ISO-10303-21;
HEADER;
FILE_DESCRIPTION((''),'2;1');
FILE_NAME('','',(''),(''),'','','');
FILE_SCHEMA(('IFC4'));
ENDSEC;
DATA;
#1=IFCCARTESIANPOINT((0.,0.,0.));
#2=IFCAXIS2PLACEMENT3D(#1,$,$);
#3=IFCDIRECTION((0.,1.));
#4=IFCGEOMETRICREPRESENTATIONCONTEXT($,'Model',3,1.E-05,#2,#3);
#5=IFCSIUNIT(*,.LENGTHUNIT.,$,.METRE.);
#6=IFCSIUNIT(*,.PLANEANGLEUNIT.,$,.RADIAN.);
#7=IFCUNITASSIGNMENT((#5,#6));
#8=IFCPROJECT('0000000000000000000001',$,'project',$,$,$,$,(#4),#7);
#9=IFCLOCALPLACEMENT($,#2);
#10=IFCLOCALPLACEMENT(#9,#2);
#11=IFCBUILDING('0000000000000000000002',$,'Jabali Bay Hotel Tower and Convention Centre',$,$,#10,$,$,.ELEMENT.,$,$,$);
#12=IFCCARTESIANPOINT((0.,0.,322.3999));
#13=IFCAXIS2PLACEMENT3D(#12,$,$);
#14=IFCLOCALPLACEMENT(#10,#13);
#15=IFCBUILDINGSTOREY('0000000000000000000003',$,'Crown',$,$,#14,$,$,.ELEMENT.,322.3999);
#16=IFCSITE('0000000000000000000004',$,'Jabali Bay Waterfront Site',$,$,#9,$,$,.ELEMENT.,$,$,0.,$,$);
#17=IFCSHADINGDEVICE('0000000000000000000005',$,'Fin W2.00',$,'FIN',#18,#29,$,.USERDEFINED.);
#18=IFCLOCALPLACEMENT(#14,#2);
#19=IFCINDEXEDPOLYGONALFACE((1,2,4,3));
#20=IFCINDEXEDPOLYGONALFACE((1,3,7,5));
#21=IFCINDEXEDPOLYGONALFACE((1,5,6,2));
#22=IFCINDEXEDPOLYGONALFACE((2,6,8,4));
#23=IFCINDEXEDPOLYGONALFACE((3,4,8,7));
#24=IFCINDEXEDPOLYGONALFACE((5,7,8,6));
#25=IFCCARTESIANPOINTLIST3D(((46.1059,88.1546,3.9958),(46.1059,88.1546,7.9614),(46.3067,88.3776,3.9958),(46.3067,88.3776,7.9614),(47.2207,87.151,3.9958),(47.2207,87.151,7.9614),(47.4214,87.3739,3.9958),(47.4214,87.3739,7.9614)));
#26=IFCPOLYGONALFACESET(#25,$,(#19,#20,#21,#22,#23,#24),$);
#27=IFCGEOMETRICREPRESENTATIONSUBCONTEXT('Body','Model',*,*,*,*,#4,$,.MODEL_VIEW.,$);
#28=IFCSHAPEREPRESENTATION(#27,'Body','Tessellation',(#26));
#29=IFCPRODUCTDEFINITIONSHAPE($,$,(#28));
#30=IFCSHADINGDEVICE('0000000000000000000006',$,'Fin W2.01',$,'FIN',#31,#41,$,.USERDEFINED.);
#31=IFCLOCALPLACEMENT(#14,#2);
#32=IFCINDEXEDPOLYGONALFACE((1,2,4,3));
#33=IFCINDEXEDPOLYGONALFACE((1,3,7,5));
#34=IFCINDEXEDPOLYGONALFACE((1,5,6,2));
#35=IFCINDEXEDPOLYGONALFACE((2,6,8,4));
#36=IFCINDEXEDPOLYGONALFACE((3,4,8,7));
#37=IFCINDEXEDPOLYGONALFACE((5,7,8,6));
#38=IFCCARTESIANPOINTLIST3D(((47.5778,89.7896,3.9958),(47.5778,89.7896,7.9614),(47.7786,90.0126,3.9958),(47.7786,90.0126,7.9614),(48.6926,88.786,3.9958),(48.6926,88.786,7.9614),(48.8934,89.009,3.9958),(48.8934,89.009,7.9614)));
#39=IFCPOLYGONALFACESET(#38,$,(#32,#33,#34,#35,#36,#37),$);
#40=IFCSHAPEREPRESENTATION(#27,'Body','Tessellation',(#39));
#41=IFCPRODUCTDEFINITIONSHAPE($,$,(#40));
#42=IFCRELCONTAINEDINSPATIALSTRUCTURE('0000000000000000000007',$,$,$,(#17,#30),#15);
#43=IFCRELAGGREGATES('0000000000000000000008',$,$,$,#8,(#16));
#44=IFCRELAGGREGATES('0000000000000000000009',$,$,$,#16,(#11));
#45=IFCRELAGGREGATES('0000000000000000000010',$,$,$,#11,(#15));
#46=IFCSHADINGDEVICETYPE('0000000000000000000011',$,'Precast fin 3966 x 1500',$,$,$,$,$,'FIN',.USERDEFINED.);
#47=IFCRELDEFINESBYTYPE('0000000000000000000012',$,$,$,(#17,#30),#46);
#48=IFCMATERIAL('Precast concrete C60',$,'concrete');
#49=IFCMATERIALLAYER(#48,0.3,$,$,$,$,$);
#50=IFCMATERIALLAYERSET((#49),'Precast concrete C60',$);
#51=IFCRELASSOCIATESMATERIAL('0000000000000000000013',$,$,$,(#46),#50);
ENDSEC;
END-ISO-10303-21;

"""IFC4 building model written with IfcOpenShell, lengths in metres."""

from ifc_helpers import new_model, si_unit, direction, frame, frame_2d, origin, place, context, subcontext, project, spatial, rectangle, extrude, material, layer, layer_set, type_object, element, save


model = new_model("IFC4")

# Units and contexts
model_context = context("Model", 3, precision=1e-05, world=origin(), true_north=direction((0.0, 1.0)))
body_context = subcontext(model_context, "Body", "Model", "MODEL_VIEW")
ifc_project = project(units=[si_unit("LENGTHUNIT", "METRE"), si_unit("PLANEANGLEUNIT", "RADIAN")], contexts=[model_context])

# Site, building, storey
site_placement = place(None, origin())
site = spatial("IfcSite", under=ifc_project, at=site_placement, Name="Jabali Bay Waterfront Site", CompositionType="ELEMENT", RefElevation=0.0)
building_placement = place(site_placement, origin())
building = spatial("IfcBuilding", under=site, at=building_placement, Name="Jabali Bay Hotel Tower and Convention Centre", CompositionType="ELEMENT")
storey_placement = place(building_placement, frame((0.0, 0.0, 322.3999)))
storey = spatial("IfcBuildingStorey", under=building, at=storey_placement, Name="Crown", CompositionType="ELEMENT", Elevation=322.3999)

# Shading devices
ifc_material_1 = material(Name="Precast concrete C60", Category="concrete")
ifc_layer = layer(ifc_material_1, 0.3)
ifc_layer_set = layer_set([ifc_layer], Name="Precast concrete C60")
shading_device_type = type_object("IfcShadingDeviceType", Name="Precast fin 3966 x 1500", ElementType="FIN", PredefinedType="USERDEFINED", material=ifc_layer_set)
for number, where, z_axis, x_axis, name in (
    (1, (47.321, 87.2625, 3.9958), (0.0, 0.0, 1.0), (-0.743165, 0.669109, 0.0), "Fin W2.00"),
    (2, (48.793, 88.8975, 3.9958), (0.0, 0.0, 1.0), (-0.743165, 0.669109, 0.0), "Fin W2.01"),
):
    element("IfcShadingDevice", number, at=place(storey_placement, frame(where, z_axis=z_axis, x_axis=x_axis)), inside=storey, type_object=shading_device_type, Name=name, ObjectType="FIN", PredefinedType="USERDEFINED", context=body_context, shape_type="SweptSolid", body=[
        extrude(rectangle(XDim=1.5, YDim=0.3, at=frame_2d((0.75, 0.0))), origin(), (0.0, 0.0, 1.0), 3.9656),
    ])

save(model, "model.ifc")
